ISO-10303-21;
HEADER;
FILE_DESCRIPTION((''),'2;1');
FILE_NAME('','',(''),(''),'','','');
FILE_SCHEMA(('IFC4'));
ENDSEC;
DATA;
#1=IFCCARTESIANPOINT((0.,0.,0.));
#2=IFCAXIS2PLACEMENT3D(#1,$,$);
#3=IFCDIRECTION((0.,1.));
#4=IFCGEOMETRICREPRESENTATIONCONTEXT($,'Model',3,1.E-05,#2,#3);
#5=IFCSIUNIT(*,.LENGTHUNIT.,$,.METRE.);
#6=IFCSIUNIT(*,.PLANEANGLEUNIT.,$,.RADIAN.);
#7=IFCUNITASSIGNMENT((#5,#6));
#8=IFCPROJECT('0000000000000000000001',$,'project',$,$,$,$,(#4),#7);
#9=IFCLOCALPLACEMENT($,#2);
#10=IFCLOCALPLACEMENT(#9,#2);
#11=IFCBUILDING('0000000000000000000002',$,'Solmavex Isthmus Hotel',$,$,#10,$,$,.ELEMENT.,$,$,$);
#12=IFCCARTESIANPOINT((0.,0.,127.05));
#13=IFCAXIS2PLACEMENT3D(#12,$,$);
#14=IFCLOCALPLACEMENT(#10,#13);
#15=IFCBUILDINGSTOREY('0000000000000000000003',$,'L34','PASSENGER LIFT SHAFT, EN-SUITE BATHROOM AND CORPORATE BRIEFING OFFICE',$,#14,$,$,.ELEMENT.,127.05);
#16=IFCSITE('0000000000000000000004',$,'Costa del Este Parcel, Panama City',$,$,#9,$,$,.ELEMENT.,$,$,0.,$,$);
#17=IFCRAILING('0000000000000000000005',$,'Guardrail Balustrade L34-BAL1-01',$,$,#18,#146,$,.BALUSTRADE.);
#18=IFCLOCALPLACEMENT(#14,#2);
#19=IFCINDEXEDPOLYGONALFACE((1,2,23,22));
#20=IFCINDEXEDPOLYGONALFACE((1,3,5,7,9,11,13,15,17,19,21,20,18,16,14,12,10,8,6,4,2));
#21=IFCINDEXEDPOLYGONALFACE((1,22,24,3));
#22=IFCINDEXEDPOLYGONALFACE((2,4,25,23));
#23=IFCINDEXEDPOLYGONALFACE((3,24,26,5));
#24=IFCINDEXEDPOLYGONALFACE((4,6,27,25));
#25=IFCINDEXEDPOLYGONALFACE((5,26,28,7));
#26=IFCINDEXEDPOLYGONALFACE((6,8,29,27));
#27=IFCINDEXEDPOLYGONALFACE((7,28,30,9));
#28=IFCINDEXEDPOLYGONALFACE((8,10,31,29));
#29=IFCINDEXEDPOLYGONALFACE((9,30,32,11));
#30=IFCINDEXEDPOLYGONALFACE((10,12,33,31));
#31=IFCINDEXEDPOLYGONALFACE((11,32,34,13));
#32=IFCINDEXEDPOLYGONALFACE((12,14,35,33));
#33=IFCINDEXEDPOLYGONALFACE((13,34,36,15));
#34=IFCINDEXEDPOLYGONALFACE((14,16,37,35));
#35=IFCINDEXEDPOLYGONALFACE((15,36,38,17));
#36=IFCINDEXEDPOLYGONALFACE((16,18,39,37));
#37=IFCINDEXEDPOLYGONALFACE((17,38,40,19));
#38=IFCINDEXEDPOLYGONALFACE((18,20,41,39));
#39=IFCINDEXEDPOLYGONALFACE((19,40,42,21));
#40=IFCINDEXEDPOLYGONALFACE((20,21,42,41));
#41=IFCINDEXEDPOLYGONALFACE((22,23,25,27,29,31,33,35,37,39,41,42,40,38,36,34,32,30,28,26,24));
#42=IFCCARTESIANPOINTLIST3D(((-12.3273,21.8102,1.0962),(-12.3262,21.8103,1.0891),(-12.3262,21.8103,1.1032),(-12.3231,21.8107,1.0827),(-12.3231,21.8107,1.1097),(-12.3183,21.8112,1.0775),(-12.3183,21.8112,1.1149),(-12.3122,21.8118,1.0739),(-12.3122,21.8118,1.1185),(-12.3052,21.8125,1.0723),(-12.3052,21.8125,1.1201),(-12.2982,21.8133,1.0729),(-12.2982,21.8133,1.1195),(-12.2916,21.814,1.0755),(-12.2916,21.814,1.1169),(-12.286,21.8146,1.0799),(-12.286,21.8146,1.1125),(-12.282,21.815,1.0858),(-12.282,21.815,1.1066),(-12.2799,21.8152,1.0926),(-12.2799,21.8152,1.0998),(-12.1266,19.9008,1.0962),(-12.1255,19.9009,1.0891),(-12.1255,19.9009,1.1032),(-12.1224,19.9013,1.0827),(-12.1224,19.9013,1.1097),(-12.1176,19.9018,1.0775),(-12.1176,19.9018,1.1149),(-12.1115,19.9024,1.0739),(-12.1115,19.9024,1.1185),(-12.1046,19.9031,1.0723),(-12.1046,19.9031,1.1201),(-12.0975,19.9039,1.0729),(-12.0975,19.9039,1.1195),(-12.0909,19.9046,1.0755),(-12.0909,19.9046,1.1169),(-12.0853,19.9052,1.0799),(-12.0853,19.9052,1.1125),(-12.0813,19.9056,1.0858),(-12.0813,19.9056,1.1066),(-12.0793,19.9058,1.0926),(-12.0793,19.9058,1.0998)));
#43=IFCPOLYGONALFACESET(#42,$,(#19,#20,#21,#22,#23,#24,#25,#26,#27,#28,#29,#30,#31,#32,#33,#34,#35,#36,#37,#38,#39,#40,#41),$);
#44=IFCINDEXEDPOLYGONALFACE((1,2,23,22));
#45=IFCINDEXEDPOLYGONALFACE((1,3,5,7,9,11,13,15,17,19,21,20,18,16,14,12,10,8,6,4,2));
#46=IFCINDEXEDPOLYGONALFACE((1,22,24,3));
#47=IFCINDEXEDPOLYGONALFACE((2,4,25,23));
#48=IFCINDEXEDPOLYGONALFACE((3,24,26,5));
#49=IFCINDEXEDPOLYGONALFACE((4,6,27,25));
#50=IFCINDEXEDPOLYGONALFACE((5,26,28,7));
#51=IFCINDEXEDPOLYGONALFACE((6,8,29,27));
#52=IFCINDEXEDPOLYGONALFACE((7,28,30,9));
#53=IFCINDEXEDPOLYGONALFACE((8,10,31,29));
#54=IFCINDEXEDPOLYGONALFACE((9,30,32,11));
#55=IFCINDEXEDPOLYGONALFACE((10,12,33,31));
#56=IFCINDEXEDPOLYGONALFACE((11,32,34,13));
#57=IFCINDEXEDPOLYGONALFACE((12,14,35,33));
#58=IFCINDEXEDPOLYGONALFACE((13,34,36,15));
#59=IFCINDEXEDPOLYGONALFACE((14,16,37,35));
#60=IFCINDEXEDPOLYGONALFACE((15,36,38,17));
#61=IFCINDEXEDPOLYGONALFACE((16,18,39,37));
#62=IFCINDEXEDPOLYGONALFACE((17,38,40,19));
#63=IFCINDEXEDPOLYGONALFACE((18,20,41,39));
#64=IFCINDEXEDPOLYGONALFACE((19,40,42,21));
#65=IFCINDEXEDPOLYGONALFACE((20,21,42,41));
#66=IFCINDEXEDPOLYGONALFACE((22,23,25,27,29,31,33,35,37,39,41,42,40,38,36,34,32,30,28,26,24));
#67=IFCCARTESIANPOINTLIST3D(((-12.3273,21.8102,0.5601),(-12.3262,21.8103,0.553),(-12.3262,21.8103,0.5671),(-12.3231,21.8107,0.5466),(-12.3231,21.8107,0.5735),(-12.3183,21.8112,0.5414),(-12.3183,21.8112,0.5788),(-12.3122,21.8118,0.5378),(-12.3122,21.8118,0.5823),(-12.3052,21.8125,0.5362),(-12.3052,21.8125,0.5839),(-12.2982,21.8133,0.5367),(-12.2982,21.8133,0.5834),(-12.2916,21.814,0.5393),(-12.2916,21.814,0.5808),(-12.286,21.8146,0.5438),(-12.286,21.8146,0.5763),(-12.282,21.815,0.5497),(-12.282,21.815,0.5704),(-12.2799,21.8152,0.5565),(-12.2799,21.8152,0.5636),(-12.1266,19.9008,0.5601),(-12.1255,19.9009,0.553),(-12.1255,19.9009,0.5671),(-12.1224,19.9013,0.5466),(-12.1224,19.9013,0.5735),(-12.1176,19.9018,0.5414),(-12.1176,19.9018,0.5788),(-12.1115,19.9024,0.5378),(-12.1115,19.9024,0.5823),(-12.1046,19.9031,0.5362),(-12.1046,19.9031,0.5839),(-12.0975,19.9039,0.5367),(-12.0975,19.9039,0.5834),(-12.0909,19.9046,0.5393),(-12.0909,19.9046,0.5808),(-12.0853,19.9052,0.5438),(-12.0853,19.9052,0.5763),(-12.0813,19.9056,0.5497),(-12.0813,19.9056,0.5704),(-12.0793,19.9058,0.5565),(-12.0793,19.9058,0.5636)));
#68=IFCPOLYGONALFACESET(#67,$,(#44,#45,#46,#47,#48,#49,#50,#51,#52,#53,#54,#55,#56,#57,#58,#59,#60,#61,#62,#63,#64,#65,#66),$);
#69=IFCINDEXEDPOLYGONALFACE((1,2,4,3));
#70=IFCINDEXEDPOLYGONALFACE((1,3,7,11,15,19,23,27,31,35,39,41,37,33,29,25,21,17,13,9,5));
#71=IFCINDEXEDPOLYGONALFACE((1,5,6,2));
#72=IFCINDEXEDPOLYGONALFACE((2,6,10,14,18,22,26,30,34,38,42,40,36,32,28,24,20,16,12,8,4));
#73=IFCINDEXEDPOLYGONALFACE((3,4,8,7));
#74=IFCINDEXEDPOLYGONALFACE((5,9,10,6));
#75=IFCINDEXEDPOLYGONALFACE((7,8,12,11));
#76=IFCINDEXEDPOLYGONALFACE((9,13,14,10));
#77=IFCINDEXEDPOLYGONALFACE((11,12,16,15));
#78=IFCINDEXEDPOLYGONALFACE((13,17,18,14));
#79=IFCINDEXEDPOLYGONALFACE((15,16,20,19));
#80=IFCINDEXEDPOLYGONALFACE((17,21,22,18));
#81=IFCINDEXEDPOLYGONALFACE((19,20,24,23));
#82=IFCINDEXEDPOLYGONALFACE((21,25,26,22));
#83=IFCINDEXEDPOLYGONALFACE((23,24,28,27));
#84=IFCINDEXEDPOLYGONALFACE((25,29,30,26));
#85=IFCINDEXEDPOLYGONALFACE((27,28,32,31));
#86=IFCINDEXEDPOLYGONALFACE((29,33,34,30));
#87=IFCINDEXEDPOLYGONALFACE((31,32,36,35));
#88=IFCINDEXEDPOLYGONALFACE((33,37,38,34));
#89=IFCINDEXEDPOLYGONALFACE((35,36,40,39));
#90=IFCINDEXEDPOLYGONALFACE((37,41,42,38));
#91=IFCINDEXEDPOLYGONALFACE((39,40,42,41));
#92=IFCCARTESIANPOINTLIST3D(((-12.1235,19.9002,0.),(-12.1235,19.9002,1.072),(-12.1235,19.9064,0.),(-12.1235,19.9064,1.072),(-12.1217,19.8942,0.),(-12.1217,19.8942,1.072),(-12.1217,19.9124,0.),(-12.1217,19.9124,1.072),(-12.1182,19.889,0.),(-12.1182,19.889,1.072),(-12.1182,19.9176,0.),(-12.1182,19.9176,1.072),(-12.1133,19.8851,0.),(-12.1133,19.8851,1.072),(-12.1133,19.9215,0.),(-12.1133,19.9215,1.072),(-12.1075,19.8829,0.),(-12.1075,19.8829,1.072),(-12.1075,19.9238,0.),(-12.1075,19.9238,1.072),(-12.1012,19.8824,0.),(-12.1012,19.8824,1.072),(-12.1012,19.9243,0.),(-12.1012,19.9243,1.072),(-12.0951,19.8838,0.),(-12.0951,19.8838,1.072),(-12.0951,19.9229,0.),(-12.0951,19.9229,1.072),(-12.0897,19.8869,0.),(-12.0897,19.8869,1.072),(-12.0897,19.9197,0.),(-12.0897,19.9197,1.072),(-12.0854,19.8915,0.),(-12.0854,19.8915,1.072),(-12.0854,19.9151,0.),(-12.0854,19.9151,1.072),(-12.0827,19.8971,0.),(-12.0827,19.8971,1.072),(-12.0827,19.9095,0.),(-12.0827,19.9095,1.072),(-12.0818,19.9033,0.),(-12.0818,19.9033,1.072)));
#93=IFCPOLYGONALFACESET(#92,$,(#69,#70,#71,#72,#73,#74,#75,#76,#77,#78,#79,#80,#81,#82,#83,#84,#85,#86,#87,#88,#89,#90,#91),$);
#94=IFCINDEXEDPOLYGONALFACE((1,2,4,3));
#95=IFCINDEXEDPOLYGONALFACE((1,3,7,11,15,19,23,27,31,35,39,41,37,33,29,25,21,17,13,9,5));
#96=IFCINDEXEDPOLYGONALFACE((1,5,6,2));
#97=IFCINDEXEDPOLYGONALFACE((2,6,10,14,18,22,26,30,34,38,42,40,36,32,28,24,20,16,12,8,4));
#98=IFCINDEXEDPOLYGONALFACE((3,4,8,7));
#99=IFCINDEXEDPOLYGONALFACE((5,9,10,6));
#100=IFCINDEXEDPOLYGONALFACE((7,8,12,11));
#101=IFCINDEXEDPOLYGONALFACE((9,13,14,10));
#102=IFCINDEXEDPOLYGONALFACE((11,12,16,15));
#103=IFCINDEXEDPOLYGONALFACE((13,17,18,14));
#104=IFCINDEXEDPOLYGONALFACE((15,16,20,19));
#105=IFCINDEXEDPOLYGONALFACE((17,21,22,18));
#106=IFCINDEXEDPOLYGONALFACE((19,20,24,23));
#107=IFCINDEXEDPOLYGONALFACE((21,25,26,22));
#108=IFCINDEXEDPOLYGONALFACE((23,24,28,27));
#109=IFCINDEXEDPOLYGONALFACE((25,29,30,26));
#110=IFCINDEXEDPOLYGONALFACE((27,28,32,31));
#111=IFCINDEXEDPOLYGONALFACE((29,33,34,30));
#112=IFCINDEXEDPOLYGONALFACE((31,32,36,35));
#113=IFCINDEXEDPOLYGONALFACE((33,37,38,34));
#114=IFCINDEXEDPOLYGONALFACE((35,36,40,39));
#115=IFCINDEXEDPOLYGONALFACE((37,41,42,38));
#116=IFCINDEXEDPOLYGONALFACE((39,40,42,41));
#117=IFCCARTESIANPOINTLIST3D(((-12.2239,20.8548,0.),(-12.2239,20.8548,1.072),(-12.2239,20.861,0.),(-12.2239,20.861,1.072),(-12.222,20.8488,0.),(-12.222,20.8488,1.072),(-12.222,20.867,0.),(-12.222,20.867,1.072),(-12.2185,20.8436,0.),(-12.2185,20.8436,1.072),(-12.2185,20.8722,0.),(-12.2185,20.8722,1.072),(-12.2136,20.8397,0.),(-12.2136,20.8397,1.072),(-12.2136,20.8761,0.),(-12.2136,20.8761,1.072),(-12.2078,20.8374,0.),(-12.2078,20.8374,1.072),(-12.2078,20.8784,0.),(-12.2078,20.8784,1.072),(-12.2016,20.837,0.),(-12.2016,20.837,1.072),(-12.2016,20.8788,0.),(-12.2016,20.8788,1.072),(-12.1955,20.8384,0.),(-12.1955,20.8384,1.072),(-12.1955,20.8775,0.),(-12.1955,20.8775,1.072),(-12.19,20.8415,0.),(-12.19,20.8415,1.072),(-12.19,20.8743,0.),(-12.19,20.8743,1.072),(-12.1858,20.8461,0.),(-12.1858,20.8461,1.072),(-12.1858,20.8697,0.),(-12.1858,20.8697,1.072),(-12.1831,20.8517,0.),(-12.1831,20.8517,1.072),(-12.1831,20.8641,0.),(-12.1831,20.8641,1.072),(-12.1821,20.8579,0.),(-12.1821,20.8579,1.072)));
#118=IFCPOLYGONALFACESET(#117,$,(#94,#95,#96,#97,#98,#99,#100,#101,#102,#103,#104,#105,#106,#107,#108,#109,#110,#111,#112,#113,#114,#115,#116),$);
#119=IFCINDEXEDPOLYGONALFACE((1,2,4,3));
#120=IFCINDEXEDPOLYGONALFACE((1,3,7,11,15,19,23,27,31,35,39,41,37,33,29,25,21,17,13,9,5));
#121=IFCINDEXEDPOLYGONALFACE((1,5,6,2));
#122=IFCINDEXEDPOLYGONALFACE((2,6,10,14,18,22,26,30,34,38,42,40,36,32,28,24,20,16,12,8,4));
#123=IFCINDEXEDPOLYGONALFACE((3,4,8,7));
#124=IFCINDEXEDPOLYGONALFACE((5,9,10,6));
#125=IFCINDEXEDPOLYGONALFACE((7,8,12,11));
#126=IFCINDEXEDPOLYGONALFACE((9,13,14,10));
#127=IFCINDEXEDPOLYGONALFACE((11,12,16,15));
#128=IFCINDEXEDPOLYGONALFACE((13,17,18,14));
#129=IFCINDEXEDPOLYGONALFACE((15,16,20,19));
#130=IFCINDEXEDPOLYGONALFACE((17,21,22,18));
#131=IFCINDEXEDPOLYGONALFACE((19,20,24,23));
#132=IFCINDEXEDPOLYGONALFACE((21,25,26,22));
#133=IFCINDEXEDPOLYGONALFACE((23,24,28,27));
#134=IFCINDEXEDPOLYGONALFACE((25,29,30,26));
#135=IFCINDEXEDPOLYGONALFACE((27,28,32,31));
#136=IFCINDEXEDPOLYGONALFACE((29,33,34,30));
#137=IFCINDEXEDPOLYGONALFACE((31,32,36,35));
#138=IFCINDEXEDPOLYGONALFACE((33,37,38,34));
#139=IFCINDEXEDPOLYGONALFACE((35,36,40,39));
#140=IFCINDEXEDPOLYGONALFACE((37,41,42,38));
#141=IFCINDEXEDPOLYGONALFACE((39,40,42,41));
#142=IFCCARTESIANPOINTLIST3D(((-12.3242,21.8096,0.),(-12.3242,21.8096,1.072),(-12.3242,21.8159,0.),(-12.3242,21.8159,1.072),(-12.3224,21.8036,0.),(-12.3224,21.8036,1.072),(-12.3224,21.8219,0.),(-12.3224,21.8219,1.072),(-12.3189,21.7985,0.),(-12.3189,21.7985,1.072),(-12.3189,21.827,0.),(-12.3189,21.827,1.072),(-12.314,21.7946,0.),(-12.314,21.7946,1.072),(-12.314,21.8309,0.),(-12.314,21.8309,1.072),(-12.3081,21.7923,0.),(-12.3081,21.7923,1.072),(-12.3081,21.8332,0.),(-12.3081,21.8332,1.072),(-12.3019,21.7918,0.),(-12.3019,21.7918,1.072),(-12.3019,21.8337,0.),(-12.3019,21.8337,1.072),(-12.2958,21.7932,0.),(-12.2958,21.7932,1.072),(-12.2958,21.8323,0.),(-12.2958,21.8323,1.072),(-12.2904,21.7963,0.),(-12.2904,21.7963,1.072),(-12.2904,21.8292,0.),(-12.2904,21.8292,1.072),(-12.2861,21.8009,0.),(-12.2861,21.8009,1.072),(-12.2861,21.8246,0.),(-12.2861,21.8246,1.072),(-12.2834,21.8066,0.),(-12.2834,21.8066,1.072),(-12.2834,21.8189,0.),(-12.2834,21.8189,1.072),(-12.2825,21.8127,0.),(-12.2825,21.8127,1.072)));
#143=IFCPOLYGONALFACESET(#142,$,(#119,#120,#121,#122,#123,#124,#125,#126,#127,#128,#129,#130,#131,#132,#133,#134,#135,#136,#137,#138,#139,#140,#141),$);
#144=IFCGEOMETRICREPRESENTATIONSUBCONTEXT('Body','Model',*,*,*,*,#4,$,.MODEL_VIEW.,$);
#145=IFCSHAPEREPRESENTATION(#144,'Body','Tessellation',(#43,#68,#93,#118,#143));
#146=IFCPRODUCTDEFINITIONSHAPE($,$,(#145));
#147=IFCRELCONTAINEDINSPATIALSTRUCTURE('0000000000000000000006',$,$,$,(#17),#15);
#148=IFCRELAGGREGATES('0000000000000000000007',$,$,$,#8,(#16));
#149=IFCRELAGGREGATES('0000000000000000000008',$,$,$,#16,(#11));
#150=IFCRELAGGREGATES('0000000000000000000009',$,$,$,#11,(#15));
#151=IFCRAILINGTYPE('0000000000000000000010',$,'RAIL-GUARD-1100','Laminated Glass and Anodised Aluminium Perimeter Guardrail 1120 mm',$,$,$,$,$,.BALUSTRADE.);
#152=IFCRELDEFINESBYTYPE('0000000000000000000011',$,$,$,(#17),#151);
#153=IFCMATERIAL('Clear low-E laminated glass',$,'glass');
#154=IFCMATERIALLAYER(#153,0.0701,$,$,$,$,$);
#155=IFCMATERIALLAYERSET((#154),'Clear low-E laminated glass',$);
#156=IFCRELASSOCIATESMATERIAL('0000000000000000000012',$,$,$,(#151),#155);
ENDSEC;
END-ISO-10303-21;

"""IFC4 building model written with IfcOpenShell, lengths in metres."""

from ifc_helpers import new_model, si_unit, direction, frame, origin, origin_2d, place, context, subcontext, project, spatial, circle, extrude, material, layer, layer_set, type_object, element, save


model = new_model("IFC4")

# Units and contexts
model_context = context("Model", 3, precision=1e-05, world=origin(), true_north=direction((0.0, 1.0)))
body_context = subcontext(model_context, "Body", "Model", "MODEL_VIEW")
ifc_project = project(units=[si_unit("LENGTHUNIT", "METRE"), si_unit("PLANEANGLEUNIT", "RADIAN")], contexts=[model_context])

# Site, building, storey
site_placement = place(None, origin())
site = spatial("IfcSite", under=ifc_project, at=site_placement, Name="Costa del Este Parcel, Panama City", CompositionType="ELEMENT", RefElevation=0.0)
building_placement = place(site_placement, origin())
building = spatial("IfcBuilding", under=site, at=building_placement, Name="Solmavex Isthmus Hotel", CompositionType="ELEMENT")
storey_placement = place(building_placement, frame((0.0, 0.0, 127.05)))
storey = spatial("IfcBuildingStorey", under=building, at=storey_placement, Name="L34", Description="PASSENGER LIFT SHAFT, EN-SUITE BATHROOM AND CORPORATE BRIEFING OFFICE", CompositionType="ELEMENT", Elevation=127.05)

# Shared definitions
ifc_material_1 = material(Name="Clear low-E laminated glass", Category="glass")

# Railing
ifc_layer_1 = layer(ifc_material_1, 0.0701)
ifc_layer_set_1 = layer_set([ifc_layer_1], Name="Clear low-E laminated glass")
railing_type = type_object("IfcRailingType", Name="RAIL-GUARD-1100", Description="Laminated Glass and Anodised Aluminium Perimeter Guardrail 1120 mm", PredefinedType="BALUSTRADE", material=ifc_layer_set_1)
railing_1_placement = place(storey_placement, frame((-12.1028, 19.9033, 0.0)))
element("IfcRailing", 1, at=railing_1_placement, inside=storey, type_object=railing_type, Name="Guardrail Balustrade L34-BAL1-01", PredefinedType="BALUSTRADE", context=body_context, shape_type="SweptSolid", body=[
    extrude(circle(Radius=0.0239, at=origin_2d()), frame((0.0, 0.0, 1.0962), z_axis=(-0.104526, 0.994522, 0.0), x_axis=(-0.994522, -0.104526, 0.0)), (0.0, 0.0, 1.0), 1.9199),
    extrude(circle(Radius=0.0239, at=origin_2d()), frame((0.0, 0.0, 0.5601), z_axis=(-0.104526, 0.994522, 0.0), x_axis=(-0.994522, -0.104526, 0.0)), (0.0, 0.0, 1.0), 1.9199),
    extrude(circle(Radius=0.021, at=origin_2d()), origin(), (0.0, 0.0, 1.0), 1.072),
    extrude(circle(Radius=0.021, at=origin_2d()), frame((-0.1003, 0.9546, 0.0)), (0.0, 0.0, 1.0), 1.072),
    extrude(circle(Radius=0.021, at=origin_2d()), frame((-0.2007, 1.9094, 0.0)), (0.0, 0.0, 1.0), 1.072),
])

save(model, "model.ifc")
